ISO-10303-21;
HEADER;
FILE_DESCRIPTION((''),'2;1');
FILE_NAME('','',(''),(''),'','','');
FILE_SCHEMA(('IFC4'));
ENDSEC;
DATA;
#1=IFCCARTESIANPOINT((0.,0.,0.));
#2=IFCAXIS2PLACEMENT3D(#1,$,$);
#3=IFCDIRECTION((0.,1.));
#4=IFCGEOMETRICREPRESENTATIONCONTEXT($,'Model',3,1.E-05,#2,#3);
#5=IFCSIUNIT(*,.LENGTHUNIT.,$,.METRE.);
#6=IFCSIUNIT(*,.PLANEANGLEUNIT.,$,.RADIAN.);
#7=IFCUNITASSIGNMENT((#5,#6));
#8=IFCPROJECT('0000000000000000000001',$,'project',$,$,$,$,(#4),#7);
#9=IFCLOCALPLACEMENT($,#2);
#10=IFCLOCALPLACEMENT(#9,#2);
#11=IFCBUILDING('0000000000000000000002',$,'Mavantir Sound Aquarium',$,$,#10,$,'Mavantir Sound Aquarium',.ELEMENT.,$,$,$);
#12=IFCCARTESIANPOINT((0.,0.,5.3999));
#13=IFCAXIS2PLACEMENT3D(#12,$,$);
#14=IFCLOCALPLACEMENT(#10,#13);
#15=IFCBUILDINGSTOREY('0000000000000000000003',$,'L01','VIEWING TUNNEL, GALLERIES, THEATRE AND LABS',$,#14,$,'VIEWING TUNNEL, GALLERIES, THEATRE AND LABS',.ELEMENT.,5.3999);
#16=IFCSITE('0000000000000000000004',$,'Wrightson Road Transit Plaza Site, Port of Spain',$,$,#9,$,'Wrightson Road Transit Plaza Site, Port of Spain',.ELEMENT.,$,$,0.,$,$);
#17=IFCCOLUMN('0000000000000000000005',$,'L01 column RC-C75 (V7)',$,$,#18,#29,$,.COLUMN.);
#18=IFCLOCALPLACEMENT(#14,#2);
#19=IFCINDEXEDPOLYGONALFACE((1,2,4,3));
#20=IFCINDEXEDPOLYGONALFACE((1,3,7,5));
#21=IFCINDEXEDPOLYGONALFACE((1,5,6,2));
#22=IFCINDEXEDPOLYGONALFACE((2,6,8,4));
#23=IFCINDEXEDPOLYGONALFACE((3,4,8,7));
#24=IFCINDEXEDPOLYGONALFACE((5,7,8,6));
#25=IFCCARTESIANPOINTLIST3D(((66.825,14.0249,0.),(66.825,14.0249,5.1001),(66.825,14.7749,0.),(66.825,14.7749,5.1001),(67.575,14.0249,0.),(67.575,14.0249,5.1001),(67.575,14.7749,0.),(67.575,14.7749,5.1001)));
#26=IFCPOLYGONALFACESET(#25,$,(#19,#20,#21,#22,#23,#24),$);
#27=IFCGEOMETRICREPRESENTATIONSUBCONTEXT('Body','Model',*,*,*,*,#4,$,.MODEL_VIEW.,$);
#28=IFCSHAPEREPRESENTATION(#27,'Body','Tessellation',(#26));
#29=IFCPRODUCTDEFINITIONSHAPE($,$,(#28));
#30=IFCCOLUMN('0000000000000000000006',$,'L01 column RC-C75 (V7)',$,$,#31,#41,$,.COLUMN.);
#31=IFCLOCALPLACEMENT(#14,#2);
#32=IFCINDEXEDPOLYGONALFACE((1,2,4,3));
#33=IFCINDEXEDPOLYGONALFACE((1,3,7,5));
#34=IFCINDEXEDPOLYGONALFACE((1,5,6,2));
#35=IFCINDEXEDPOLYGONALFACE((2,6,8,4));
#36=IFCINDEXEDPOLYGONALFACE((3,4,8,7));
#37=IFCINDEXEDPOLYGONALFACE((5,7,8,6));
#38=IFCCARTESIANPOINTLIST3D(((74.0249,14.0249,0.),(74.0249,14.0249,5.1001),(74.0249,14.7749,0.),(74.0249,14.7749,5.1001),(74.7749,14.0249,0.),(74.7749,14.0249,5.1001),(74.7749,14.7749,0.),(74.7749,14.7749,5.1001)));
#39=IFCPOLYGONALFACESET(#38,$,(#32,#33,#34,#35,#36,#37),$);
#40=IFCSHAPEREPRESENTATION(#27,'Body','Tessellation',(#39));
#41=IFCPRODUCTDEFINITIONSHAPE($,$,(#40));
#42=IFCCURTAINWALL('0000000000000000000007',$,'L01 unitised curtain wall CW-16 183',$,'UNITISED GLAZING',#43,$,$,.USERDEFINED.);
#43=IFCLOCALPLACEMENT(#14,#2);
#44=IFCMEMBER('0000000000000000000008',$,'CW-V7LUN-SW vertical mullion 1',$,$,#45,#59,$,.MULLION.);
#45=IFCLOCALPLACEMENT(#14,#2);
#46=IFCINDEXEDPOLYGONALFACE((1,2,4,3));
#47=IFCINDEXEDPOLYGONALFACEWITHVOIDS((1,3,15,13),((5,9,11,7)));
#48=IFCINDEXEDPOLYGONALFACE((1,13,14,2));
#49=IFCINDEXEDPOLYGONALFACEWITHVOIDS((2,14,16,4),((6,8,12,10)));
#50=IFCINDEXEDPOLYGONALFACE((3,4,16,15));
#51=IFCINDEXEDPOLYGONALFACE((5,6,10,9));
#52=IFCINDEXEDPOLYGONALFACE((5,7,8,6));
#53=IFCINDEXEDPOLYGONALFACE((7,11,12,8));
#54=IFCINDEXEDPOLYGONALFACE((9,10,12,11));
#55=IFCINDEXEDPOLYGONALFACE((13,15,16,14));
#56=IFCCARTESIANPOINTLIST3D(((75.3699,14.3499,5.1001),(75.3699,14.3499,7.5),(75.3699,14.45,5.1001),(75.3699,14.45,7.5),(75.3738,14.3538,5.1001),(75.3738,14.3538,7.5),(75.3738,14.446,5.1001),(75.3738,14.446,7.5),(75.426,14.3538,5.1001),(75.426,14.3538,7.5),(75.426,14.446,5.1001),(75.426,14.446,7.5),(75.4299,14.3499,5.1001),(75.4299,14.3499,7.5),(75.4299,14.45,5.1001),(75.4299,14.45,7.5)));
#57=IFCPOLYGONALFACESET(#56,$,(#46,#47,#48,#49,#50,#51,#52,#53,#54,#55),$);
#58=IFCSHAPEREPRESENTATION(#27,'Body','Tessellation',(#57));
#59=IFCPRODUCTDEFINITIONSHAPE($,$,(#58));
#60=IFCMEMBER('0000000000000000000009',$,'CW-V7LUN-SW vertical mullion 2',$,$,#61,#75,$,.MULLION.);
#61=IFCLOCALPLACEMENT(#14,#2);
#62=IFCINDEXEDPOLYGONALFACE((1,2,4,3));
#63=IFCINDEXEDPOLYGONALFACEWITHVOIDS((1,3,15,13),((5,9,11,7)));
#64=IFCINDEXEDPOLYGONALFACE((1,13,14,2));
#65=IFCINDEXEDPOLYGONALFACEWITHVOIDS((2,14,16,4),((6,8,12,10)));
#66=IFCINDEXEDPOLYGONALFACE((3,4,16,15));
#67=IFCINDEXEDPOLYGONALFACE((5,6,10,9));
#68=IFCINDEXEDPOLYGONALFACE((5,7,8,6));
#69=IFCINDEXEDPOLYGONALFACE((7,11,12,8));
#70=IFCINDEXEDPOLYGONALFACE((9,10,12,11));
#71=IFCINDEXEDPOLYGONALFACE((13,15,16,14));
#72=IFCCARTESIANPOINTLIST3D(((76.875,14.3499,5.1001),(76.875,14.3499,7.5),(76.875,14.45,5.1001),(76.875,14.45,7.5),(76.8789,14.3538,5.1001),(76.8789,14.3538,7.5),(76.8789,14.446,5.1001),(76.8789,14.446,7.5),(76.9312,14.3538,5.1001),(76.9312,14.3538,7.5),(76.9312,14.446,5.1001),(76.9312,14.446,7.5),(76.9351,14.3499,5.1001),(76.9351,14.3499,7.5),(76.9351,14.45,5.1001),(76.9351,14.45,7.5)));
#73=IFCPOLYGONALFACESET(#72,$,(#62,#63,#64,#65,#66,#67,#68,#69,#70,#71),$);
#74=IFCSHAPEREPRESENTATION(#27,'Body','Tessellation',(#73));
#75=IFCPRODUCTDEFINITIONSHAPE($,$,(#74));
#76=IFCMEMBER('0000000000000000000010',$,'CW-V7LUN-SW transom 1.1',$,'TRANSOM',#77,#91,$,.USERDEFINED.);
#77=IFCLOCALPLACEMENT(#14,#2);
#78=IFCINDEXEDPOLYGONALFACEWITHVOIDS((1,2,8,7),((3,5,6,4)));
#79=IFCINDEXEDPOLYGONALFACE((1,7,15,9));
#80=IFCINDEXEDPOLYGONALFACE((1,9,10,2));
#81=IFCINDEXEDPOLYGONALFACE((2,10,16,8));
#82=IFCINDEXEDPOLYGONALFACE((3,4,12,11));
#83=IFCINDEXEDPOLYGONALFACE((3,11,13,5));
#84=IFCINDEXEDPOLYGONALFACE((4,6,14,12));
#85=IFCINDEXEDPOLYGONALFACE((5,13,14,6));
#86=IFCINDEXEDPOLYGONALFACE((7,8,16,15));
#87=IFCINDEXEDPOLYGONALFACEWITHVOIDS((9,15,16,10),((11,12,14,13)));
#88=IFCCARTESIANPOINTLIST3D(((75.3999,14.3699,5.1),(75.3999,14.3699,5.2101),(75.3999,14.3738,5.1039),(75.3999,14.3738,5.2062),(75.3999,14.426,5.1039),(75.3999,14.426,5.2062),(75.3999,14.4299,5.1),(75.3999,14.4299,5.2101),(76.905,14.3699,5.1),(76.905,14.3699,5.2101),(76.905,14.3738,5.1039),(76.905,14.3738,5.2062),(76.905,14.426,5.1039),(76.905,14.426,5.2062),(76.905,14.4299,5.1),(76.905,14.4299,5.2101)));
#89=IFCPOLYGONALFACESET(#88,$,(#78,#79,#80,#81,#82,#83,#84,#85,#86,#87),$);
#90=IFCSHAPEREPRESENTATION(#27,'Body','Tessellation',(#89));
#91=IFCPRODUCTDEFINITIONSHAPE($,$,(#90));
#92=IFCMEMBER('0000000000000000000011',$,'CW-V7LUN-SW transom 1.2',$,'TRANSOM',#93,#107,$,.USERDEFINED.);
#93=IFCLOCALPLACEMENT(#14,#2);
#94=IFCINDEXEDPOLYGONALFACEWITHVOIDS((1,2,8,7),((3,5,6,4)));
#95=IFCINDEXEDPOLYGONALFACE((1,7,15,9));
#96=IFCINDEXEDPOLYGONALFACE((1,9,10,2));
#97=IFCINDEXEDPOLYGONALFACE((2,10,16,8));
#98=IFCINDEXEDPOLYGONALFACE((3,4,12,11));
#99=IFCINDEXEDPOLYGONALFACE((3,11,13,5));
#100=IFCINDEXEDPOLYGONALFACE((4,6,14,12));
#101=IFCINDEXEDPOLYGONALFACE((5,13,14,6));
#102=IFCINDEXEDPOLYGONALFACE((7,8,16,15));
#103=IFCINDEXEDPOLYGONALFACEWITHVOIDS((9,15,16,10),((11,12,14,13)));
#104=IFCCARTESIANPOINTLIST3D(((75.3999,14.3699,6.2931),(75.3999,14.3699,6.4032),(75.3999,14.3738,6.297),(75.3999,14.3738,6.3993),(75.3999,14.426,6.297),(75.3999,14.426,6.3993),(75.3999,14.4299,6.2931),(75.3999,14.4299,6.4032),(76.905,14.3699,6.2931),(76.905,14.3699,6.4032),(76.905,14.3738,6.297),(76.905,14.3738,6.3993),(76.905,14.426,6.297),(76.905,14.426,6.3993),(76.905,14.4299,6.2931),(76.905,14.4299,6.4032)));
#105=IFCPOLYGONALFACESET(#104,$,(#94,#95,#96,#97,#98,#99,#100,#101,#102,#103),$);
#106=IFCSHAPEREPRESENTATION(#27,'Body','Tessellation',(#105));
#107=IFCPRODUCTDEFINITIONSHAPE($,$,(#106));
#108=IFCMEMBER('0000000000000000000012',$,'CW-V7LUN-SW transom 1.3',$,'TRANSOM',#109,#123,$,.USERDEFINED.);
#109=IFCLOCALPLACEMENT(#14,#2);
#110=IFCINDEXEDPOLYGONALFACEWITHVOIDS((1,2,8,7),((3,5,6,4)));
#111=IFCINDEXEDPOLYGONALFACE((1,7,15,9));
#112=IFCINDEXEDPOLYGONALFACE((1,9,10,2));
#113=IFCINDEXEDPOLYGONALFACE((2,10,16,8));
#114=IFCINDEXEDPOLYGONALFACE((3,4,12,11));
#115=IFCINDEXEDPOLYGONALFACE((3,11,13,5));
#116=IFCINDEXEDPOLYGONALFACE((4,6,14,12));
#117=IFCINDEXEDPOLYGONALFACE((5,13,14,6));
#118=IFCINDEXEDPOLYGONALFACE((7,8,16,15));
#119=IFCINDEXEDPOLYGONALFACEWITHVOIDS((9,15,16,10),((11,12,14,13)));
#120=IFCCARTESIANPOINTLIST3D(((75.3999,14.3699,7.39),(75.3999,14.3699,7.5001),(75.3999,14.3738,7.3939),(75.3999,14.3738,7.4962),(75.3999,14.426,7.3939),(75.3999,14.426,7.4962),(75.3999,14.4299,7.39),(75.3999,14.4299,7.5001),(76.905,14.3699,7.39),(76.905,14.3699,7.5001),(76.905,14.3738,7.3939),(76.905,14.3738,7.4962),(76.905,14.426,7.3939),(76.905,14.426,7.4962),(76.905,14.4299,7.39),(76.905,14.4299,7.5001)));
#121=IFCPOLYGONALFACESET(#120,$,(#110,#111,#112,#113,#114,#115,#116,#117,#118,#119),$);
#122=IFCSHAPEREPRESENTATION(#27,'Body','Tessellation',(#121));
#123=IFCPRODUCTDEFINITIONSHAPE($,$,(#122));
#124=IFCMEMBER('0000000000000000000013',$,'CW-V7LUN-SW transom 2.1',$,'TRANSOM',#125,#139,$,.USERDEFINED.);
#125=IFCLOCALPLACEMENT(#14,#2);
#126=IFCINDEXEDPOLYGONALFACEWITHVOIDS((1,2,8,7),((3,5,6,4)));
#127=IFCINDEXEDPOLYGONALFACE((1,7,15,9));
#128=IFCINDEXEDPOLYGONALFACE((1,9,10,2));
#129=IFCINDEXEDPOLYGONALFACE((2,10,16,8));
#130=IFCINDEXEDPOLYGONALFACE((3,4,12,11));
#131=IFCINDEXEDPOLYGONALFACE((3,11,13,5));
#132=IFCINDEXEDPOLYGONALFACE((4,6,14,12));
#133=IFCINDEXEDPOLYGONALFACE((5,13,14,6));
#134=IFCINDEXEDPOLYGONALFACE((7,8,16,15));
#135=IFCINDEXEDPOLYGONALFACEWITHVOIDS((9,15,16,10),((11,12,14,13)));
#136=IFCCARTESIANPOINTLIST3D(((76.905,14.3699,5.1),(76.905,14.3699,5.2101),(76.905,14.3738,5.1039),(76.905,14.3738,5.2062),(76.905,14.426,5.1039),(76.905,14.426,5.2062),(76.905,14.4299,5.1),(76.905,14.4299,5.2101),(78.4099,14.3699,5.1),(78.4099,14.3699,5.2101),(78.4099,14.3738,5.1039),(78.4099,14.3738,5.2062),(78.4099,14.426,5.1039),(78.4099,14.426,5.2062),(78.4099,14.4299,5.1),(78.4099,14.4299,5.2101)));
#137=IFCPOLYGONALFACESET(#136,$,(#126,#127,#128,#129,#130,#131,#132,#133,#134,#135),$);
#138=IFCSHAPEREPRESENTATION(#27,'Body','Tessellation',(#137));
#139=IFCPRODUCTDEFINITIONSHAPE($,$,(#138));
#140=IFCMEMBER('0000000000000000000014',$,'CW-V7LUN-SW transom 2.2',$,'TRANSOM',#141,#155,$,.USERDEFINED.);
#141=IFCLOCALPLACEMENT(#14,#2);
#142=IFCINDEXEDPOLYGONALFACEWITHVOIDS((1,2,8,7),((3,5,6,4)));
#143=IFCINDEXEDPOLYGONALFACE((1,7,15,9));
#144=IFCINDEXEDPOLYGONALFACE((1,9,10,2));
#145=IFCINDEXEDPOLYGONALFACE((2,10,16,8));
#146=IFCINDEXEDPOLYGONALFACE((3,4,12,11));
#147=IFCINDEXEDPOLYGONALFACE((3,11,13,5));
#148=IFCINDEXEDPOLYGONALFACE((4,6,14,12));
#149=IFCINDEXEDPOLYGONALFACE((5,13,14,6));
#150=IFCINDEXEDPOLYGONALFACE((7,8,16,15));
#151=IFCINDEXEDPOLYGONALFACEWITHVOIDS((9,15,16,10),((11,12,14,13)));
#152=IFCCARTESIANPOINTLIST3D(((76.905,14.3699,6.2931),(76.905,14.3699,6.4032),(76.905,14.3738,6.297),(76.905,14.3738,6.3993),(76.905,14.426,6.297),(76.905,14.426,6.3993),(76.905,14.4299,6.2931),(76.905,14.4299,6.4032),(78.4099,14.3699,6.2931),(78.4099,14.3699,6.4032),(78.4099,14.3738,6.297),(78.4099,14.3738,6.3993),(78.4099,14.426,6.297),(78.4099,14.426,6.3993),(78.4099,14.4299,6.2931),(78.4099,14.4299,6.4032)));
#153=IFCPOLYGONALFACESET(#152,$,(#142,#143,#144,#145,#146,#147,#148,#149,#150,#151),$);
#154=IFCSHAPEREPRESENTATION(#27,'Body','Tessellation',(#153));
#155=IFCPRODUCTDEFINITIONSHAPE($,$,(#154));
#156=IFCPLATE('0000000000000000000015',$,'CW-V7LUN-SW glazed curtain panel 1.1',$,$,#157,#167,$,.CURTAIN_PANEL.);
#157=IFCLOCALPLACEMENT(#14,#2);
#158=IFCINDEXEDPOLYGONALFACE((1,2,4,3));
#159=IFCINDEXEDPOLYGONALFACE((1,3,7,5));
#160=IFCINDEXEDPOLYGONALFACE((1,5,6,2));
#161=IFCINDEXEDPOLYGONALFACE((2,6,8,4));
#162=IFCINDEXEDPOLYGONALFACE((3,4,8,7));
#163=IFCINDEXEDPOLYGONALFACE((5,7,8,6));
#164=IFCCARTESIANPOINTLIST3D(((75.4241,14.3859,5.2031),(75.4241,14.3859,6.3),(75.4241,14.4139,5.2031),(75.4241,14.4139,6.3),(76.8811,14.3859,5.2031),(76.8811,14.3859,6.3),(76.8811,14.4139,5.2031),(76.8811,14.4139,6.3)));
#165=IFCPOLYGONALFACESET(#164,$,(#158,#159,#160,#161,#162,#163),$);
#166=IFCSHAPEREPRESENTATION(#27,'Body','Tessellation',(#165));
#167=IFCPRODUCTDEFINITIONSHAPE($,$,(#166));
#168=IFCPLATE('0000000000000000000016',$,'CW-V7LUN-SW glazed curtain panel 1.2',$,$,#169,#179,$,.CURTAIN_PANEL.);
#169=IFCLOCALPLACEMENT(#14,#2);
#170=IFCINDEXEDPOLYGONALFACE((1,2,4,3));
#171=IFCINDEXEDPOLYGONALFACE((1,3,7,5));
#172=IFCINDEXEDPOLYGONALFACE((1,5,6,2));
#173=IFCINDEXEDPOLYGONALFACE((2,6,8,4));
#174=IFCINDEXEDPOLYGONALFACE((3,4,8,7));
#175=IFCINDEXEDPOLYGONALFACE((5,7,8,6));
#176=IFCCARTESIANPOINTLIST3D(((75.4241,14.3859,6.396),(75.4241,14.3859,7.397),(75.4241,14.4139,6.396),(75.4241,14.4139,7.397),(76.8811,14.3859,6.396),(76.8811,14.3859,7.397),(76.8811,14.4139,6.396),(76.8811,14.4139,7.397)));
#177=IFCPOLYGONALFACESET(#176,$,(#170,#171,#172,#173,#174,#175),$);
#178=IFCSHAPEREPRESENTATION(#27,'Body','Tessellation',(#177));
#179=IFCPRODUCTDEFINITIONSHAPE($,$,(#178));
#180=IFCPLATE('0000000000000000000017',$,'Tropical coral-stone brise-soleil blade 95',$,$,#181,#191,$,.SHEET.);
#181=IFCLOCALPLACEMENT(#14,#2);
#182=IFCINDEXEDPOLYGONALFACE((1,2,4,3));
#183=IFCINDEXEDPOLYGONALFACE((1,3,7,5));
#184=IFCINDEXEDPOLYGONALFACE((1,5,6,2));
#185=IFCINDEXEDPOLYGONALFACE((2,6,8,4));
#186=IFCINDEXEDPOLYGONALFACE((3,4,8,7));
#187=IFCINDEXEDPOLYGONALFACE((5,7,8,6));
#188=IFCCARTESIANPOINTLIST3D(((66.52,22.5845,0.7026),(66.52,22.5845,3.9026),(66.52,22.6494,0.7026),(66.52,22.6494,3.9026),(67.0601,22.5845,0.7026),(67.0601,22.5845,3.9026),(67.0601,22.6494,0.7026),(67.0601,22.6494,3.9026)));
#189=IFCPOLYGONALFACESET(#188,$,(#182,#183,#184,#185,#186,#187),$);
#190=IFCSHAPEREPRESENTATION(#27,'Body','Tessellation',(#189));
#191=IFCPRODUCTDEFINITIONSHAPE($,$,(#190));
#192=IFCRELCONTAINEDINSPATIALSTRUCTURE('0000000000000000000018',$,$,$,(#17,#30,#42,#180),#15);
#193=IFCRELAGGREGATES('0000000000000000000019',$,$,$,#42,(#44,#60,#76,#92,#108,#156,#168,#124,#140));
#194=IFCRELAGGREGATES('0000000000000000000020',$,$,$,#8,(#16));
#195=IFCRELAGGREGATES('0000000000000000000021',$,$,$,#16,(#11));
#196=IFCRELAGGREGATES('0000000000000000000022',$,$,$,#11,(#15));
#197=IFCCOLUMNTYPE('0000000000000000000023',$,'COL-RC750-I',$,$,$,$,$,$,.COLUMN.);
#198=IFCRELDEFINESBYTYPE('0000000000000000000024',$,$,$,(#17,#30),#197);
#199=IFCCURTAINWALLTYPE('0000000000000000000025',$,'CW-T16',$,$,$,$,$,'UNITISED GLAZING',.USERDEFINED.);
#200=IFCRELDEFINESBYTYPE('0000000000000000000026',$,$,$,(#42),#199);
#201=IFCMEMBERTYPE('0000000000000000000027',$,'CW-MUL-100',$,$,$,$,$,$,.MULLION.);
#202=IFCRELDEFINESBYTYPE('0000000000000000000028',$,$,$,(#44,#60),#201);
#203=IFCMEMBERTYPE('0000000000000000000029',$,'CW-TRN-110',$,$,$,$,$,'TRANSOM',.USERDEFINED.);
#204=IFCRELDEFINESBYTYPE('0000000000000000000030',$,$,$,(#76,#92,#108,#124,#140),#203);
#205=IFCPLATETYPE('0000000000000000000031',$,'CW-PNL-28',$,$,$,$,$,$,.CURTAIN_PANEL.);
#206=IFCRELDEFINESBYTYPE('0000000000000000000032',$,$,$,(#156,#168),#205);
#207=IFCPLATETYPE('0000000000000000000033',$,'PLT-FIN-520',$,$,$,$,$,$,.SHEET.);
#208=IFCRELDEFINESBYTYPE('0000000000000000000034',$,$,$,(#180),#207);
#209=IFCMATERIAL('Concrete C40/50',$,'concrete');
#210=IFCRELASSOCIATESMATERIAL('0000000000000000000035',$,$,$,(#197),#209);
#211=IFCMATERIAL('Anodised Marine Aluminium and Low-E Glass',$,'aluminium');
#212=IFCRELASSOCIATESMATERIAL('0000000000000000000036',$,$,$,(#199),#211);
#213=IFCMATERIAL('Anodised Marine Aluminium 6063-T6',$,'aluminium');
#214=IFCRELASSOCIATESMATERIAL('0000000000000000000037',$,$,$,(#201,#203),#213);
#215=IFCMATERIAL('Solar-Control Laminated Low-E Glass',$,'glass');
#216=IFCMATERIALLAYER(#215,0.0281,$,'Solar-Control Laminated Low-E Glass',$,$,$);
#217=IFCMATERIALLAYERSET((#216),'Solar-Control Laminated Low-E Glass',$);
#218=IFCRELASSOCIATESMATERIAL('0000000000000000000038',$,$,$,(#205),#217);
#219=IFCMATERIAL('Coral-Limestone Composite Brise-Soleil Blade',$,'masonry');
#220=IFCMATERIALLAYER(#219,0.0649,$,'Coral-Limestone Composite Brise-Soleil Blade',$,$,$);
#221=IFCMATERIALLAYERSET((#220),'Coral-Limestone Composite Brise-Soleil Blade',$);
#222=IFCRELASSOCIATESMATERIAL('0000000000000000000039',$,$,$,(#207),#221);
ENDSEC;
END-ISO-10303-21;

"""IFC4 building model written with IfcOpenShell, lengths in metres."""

from ifc_helpers import new_model, si_unit, direction, frame, origin, origin_2d, place, context, subcontext, project, spatial, rectangle, hollow_rectangle, extrude, material, layer, layer_set, material_profile, profile_set, type_object, element, aggregate, save


model = new_model("IFC4")

# Units and contexts
model_context = context("Model", 3, precision=1e-05, world=origin(), true_north=direction((0.0, 1.0)))
body_context = subcontext(model_context, "Body", "Model", "MODEL_VIEW")
ifc_project = project(units=[si_unit("LENGTHUNIT", "METRE"), si_unit("PLANEANGLEUNIT", "RADIAN")], contexts=[model_context])

# Site, building, storey
site_placement = place(None, origin())
site = spatial("IfcSite", under=ifc_project, at=site_placement, Name="Wrightson Road Transit Plaza Site, Port of Spain", LongName="Wrightson Road Transit Plaza Site, Port of Spain", CompositionType="ELEMENT", RefElevation=0.0)
building_placement = place(site_placement, origin())
building = spatial("IfcBuilding", under=site, at=building_placement, Name="Mavantir Sound Aquarium", LongName="Mavantir Sound Aquarium", CompositionType="ELEMENT")
storey_placement = place(building_placement, frame((0.0, 0.0, 5.3999)))
storey = spatial("IfcBuildingStorey", under=building, at=storey_placement, Name="L01", Description="VIEWING TUNNEL, GALLERIES, THEATRE AND LABS", LongName="VIEWING TUNNEL, GALLERIES, THEATRE AND LABS", CompositionType="ELEMENT", Elevation=5.3999)

# Columns
ifc_material_1 = material(Name="Concrete C40/50", Category="concrete")
ifc_material_profile_1 = material_profile(ifc_material_1, rectangle(XDim=0.75, YDim=0.75, at=origin_2d()), Name="RC 750X750")
ifc_profile_set_1 = profile_set([ifc_material_profile_1], Name="Concrete C40/50")
column_type = type_object("IfcColumnType", Name="COL-RC750-I", PredefinedType="COLUMN", material=ifc_profile_set_1)
for number, where, z_axis, x_axis, name in (
    (1, (67.2, 14.3999, 0.0), (0.0, 0.0, 1.0), (1.0, 0.0, 0.0), "L01 column RC-C75 (V7)"),
    (2, (74.3999, 14.3999, 0.0), (0.0, 0.0, 1.0), (1.0, 0.0, 0.0), "L01 column RC-C75 (V7)"),
):
    element("IfcColumn", number, at=place(storey_placement, frame(where, z_axis=z_axis, x_axis=x_axis)), inside=storey, type_object=column_type, Name=name, PredefinedType="COLUMN", context=body_context, shape_type="SweptSolid", body=[
        extrude(rectangle(XDim=0.75, YDim=0.75, at=origin_2d()), origin(), (0.0, 0.0, 1.0), 5.1001),
    ])

# Curtain wall, members, plates
ifc_material_2 = material(Name="Anodised Marine Aluminium and Low-E Glass", Category="aluminium")
curtain_wall_type = type_object("IfcCurtainWallType", Name="CW-T16", ElementType="UNITISED GLAZING", PredefinedType="USERDEFINED", material=ifc_material_2)
curtain_wall_placement = place(storey_placement, origin())
curtain_wall = element("IfcCurtainWall", 3, at=curtain_wall_placement, inside=storey, type_object=curtain_wall_type, Name="L01 unitised curtain wall CW-16 183", ObjectType="UNITISED GLAZING", PredefinedType="USERDEFINED")
ifc_material_3 = material(Name="Anodised Marine Aluminium 6063-T6", Category="aluminium")
ifc_material_profile_2 = material_profile(ifc_material_3, hollow_rectangle(XDim=0.0601, YDim=0.1001, WallThickness=0.0039, at=origin_2d()), Name="ALU-MULLION-100X60")
ifc_profile_set_2 = profile_set([ifc_material_profile_2], Name="Anodised Marine Aluminium 6063-T6")
member_type_1 = type_object("IfcMemberType", Name="CW-MUL-100", PredefinedType="MULLION", material=ifc_profile_set_2)
member_1_placement = place(storey_placement, frame((75.3999, 14.3999, 5.1001), z_axis=(0.0, 0.0, 1.0), x_axis=(1.0, 0.0, 0.0)))
member_1 = element("IfcMember", 4, at=member_1_placement, type_object=member_type_1, Name="CW-V7LUN-SW vertical mullion 1", PredefinedType="MULLION", context=body_context, shape_type="SweptSolid", body=[
    extrude(hollow_rectangle(XDim=0.0601, YDim=0.1001, WallThickness=0.0039, at=origin_2d()), origin(), (0.0, 0.0, 1.0), 2.3999),
])
member_2_placement = place(storey_placement, frame((76.905, 14.3999, 5.1001), z_axis=(0.0, 0.0, 1.0), x_axis=(1.0, 0.0, 0.0)))
member_2 = element("IfcMember", 5, at=member_2_placement, type_object=member_type_1, Name="CW-V7LUN-SW vertical mullion 2", PredefinedType="MULLION", context=body_context, shape_type="SweptSolid", body=[
    extrude(hollow_rectangle(XDim=0.0601, YDim=0.1001, WallThickness=0.0039, at=origin_2d()), origin(), (0.0, 0.0, 1.0), 2.3999),
])
ifc_material_profile_3 = material_profile(ifc_material_3, hollow_rectangle(XDim=0.0601, YDim=0.1101, WallThickness=0.0039, at=origin_2d()), Name="ALU-TRANSOM-110X60")
ifc_profile_set_3 = profile_set([ifc_material_profile_3], Name="Anodised Marine Aluminium 6063-T6")
member_type_2 = type_object("IfcMemberType", Name="CW-TRN-110", ElementType="TRANSOM", PredefinedType="USERDEFINED", material=ifc_profile_set_3)
member_3_placement = place(storey_placement, frame((75.3999, 14.3999, 5.155), z_axis=(1.0, 0.0, 0.0), x_axis=(0.0, 1.0, 0.0)))
member_3 = element("IfcMember", 6, at=member_3_placement, type_object=member_type_2, Name="CW-V7LUN-SW transom 1.1", ObjectType="TRANSOM", PredefinedType="USERDEFINED", context=body_context, shape_type="SweptSolid", body=[
    extrude(hollow_rectangle(XDim=0.0601, YDim=0.1101, WallThickness=0.0039, at=origin_2d()), origin(), (0.0, 0.0, 1.0), 1.5051),
])
member_4_placement = place(storey_placement, frame((75.3999, 14.3999, 6.3481), z_axis=(1.0, 0.0, 0.0), x_axis=(0.0, 1.0, 0.0)))
member_4 = element("IfcMember", 7, at=member_4_placement, type_object=member_type_2, Name="CW-V7LUN-SW transom 1.2", ObjectType="TRANSOM", PredefinedType="USERDEFINED", context=body_context, shape_type="SweptSolid", body=[
    extrude(hollow_rectangle(XDim=0.0601, YDim=0.1101, WallThickness=0.0039, at=origin_2d()), origin(), (0.0, 0.0, 1.0), 1.5051),
])
member_5_placement = place(storey_placement, frame((75.3999, 14.3999, 7.4451), z_axis=(1.0, 0.0, 0.0), x_axis=(0.0, 1.0, 0.0)))
member_5 = element("IfcMember", 8, at=member_5_placement, type_object=member_type_2, Name="CW-V7LUN-SW transom 1.3", ObjectType="TRANSOM", PredefinedType="USERDEFINED", context=body_context, shape_type="SweptSolid", body=[
    extrude(hollow_rectangle(XDim=0.0601, YDim=0.1101, WallThickness=0.0039, at=origin_2d()), origin(), (0.0, 0.0, 1.0), 1.5051),
])
member_6_placement = place(storey_placement, frame((76.905, 14.3999, 5.155), z_axis=(1.0, 0.0, 0.0), x_axis=(0.0, 1.0, 0.0)))
member_6 = element("IfcMember", 9, at=member_6_placement, type_object=member_type_2, Name="CW-V7LUN-SW transom 2.1", ObjectType="TRANSOM", PredefinedType="USERDEFINED", context=body_context, shape_type="SweptSolid", body=[
    extrude(hollow_rectangle(XDim=0.0601, YDim=0.1101, WallThickness=0.0039, at=origin_2d()), origin(), (0.0, 0.0, 1.0), 1.5049),
])
member_7_placement = place(storey_placement, frame((76.905, 14.3999, 6.3481), z_axis=(1.0, 0.0, 0.0), x_axis=(0.0, 1.0, 0.0)))
member_7 = element("IfcMember", 10, at=member_7_placement, type_object=member_type_2, Name="CW-V7LUN-SW transom 2.2", ObjectType="TRANSOM", PredefinedType="USERDEFINED", context=body_context, shape_type="SweptSolid", body=[
    extrude(hollow_rectangle(XDim=0.0601, YDim=0.1101, WallThickness=0.0039, at=origin_2d()), origin(), (0.0, 0.0, 1.0), 1.5049),
])
ifc_material_4 = material(Name="Solar-Control Laminated Low-E Glass", Category="glass")
ifc_layer_1 = layer(ifc_material_4, 0.0281, Name="Solar-Control Laminated Low-E Glass")
ifc_layer_set_1 = layer_set([ifc_layer_1], Name="Solar-Control Laminated Low-E Glass")
plate_type_1 = type_object("IfcPlateType", Name="CW-PNL-28", PredefinedType="CURTAIN_PANEL", material=ifc_layer_set_1)
plate_1_placement = place(storey_placement, frame((76.1526, 14.3999, 5.2031), z_axis=(0.0, 0.0, 1.0), x_axis=(1.0, 0.0, 0.0)))
plate_1 = element("IfcPlate", 11, at=plate_1_placement, type_object=plate_type_1, Name="CW-V7LUN-SW glazed curtain panel 1.1", PredefinedType="CURTAIN_PANEL", context=body_context, shape_type="SweptSolid", body=[
    extrude(rectangle(XDim=1.457, YDim=0.0281, at=origin_2d()), origin(), (0.0, 0.0, 1.0), 1.0969),
])
plate_2_placement = place(storey_placement, frame((76.1526, 14.3999, 6.396), z_axis=(0.0, 0.0, 1.0), x_axis=(1.0, 0.0, 0.0)))
plate_2 = element("IfcPlate", 12, at=plate_2_placement, type_object=plate_type_1, Name="CW-V7LUN-SW glazed curtain panel 1.2", PredefinedType="CURTAIN_PANEL", context=body_context, shape_type="SweptSolid", body=[
    extrude(rectangle(XDim=1.457, YDim=0.0281, at=origin_2d()), origin(), (0.0, 0.0, 1.0), 1.001),
])
aggregate(curtain_wall, [member_1, member_2, member_3, member_4, member_5, plate_1, plate_2, member_6, member_7])

# Plate
ifc_material_5 = material(Name="Coral-Limestone Composite Brise-Soleil Blade", Category="masonry")
ifc_layer_2 = layer(ifc_material_5, 0.0649, Name="Coral-Limestone Composite Brise-Soleil Blade")
ifc_layer_set_2 = layer_set([ifc_layer_2], Name="Coral-Limestone Composite Brise-Soleil Blade")
plate_type_2 = type_object("IfcPlateType", Name="PLT-FIN-520", PredefinedType="SHEET", material=ifc_layer_set_2)
for number, where, z_axis, x_axis, name in (
    (13, (66.79, 22.6169, 0.7026), (0.0, 0.0, 1.0), (0.0, 1.0, 0.0), "Tropical coral-stone brise-soleil blade 95"),
):
    element("IfcPlate", number, at=place(storey_placement, frame(where, z_axis=z_axis, x_axis=x_axis)), inside=storey, type_object=plate_type_2, Name=name, PredefinedType="SHEET", context=body_context, shape_type="SweptSolid", body=[
        extrude(rectangle(XDim=0.0649, YDim=0.54, at=origin_2d()), origin(), (0.0, 0.0, 1.0), 3.2),
    ])

save(model, "model.ifc")
